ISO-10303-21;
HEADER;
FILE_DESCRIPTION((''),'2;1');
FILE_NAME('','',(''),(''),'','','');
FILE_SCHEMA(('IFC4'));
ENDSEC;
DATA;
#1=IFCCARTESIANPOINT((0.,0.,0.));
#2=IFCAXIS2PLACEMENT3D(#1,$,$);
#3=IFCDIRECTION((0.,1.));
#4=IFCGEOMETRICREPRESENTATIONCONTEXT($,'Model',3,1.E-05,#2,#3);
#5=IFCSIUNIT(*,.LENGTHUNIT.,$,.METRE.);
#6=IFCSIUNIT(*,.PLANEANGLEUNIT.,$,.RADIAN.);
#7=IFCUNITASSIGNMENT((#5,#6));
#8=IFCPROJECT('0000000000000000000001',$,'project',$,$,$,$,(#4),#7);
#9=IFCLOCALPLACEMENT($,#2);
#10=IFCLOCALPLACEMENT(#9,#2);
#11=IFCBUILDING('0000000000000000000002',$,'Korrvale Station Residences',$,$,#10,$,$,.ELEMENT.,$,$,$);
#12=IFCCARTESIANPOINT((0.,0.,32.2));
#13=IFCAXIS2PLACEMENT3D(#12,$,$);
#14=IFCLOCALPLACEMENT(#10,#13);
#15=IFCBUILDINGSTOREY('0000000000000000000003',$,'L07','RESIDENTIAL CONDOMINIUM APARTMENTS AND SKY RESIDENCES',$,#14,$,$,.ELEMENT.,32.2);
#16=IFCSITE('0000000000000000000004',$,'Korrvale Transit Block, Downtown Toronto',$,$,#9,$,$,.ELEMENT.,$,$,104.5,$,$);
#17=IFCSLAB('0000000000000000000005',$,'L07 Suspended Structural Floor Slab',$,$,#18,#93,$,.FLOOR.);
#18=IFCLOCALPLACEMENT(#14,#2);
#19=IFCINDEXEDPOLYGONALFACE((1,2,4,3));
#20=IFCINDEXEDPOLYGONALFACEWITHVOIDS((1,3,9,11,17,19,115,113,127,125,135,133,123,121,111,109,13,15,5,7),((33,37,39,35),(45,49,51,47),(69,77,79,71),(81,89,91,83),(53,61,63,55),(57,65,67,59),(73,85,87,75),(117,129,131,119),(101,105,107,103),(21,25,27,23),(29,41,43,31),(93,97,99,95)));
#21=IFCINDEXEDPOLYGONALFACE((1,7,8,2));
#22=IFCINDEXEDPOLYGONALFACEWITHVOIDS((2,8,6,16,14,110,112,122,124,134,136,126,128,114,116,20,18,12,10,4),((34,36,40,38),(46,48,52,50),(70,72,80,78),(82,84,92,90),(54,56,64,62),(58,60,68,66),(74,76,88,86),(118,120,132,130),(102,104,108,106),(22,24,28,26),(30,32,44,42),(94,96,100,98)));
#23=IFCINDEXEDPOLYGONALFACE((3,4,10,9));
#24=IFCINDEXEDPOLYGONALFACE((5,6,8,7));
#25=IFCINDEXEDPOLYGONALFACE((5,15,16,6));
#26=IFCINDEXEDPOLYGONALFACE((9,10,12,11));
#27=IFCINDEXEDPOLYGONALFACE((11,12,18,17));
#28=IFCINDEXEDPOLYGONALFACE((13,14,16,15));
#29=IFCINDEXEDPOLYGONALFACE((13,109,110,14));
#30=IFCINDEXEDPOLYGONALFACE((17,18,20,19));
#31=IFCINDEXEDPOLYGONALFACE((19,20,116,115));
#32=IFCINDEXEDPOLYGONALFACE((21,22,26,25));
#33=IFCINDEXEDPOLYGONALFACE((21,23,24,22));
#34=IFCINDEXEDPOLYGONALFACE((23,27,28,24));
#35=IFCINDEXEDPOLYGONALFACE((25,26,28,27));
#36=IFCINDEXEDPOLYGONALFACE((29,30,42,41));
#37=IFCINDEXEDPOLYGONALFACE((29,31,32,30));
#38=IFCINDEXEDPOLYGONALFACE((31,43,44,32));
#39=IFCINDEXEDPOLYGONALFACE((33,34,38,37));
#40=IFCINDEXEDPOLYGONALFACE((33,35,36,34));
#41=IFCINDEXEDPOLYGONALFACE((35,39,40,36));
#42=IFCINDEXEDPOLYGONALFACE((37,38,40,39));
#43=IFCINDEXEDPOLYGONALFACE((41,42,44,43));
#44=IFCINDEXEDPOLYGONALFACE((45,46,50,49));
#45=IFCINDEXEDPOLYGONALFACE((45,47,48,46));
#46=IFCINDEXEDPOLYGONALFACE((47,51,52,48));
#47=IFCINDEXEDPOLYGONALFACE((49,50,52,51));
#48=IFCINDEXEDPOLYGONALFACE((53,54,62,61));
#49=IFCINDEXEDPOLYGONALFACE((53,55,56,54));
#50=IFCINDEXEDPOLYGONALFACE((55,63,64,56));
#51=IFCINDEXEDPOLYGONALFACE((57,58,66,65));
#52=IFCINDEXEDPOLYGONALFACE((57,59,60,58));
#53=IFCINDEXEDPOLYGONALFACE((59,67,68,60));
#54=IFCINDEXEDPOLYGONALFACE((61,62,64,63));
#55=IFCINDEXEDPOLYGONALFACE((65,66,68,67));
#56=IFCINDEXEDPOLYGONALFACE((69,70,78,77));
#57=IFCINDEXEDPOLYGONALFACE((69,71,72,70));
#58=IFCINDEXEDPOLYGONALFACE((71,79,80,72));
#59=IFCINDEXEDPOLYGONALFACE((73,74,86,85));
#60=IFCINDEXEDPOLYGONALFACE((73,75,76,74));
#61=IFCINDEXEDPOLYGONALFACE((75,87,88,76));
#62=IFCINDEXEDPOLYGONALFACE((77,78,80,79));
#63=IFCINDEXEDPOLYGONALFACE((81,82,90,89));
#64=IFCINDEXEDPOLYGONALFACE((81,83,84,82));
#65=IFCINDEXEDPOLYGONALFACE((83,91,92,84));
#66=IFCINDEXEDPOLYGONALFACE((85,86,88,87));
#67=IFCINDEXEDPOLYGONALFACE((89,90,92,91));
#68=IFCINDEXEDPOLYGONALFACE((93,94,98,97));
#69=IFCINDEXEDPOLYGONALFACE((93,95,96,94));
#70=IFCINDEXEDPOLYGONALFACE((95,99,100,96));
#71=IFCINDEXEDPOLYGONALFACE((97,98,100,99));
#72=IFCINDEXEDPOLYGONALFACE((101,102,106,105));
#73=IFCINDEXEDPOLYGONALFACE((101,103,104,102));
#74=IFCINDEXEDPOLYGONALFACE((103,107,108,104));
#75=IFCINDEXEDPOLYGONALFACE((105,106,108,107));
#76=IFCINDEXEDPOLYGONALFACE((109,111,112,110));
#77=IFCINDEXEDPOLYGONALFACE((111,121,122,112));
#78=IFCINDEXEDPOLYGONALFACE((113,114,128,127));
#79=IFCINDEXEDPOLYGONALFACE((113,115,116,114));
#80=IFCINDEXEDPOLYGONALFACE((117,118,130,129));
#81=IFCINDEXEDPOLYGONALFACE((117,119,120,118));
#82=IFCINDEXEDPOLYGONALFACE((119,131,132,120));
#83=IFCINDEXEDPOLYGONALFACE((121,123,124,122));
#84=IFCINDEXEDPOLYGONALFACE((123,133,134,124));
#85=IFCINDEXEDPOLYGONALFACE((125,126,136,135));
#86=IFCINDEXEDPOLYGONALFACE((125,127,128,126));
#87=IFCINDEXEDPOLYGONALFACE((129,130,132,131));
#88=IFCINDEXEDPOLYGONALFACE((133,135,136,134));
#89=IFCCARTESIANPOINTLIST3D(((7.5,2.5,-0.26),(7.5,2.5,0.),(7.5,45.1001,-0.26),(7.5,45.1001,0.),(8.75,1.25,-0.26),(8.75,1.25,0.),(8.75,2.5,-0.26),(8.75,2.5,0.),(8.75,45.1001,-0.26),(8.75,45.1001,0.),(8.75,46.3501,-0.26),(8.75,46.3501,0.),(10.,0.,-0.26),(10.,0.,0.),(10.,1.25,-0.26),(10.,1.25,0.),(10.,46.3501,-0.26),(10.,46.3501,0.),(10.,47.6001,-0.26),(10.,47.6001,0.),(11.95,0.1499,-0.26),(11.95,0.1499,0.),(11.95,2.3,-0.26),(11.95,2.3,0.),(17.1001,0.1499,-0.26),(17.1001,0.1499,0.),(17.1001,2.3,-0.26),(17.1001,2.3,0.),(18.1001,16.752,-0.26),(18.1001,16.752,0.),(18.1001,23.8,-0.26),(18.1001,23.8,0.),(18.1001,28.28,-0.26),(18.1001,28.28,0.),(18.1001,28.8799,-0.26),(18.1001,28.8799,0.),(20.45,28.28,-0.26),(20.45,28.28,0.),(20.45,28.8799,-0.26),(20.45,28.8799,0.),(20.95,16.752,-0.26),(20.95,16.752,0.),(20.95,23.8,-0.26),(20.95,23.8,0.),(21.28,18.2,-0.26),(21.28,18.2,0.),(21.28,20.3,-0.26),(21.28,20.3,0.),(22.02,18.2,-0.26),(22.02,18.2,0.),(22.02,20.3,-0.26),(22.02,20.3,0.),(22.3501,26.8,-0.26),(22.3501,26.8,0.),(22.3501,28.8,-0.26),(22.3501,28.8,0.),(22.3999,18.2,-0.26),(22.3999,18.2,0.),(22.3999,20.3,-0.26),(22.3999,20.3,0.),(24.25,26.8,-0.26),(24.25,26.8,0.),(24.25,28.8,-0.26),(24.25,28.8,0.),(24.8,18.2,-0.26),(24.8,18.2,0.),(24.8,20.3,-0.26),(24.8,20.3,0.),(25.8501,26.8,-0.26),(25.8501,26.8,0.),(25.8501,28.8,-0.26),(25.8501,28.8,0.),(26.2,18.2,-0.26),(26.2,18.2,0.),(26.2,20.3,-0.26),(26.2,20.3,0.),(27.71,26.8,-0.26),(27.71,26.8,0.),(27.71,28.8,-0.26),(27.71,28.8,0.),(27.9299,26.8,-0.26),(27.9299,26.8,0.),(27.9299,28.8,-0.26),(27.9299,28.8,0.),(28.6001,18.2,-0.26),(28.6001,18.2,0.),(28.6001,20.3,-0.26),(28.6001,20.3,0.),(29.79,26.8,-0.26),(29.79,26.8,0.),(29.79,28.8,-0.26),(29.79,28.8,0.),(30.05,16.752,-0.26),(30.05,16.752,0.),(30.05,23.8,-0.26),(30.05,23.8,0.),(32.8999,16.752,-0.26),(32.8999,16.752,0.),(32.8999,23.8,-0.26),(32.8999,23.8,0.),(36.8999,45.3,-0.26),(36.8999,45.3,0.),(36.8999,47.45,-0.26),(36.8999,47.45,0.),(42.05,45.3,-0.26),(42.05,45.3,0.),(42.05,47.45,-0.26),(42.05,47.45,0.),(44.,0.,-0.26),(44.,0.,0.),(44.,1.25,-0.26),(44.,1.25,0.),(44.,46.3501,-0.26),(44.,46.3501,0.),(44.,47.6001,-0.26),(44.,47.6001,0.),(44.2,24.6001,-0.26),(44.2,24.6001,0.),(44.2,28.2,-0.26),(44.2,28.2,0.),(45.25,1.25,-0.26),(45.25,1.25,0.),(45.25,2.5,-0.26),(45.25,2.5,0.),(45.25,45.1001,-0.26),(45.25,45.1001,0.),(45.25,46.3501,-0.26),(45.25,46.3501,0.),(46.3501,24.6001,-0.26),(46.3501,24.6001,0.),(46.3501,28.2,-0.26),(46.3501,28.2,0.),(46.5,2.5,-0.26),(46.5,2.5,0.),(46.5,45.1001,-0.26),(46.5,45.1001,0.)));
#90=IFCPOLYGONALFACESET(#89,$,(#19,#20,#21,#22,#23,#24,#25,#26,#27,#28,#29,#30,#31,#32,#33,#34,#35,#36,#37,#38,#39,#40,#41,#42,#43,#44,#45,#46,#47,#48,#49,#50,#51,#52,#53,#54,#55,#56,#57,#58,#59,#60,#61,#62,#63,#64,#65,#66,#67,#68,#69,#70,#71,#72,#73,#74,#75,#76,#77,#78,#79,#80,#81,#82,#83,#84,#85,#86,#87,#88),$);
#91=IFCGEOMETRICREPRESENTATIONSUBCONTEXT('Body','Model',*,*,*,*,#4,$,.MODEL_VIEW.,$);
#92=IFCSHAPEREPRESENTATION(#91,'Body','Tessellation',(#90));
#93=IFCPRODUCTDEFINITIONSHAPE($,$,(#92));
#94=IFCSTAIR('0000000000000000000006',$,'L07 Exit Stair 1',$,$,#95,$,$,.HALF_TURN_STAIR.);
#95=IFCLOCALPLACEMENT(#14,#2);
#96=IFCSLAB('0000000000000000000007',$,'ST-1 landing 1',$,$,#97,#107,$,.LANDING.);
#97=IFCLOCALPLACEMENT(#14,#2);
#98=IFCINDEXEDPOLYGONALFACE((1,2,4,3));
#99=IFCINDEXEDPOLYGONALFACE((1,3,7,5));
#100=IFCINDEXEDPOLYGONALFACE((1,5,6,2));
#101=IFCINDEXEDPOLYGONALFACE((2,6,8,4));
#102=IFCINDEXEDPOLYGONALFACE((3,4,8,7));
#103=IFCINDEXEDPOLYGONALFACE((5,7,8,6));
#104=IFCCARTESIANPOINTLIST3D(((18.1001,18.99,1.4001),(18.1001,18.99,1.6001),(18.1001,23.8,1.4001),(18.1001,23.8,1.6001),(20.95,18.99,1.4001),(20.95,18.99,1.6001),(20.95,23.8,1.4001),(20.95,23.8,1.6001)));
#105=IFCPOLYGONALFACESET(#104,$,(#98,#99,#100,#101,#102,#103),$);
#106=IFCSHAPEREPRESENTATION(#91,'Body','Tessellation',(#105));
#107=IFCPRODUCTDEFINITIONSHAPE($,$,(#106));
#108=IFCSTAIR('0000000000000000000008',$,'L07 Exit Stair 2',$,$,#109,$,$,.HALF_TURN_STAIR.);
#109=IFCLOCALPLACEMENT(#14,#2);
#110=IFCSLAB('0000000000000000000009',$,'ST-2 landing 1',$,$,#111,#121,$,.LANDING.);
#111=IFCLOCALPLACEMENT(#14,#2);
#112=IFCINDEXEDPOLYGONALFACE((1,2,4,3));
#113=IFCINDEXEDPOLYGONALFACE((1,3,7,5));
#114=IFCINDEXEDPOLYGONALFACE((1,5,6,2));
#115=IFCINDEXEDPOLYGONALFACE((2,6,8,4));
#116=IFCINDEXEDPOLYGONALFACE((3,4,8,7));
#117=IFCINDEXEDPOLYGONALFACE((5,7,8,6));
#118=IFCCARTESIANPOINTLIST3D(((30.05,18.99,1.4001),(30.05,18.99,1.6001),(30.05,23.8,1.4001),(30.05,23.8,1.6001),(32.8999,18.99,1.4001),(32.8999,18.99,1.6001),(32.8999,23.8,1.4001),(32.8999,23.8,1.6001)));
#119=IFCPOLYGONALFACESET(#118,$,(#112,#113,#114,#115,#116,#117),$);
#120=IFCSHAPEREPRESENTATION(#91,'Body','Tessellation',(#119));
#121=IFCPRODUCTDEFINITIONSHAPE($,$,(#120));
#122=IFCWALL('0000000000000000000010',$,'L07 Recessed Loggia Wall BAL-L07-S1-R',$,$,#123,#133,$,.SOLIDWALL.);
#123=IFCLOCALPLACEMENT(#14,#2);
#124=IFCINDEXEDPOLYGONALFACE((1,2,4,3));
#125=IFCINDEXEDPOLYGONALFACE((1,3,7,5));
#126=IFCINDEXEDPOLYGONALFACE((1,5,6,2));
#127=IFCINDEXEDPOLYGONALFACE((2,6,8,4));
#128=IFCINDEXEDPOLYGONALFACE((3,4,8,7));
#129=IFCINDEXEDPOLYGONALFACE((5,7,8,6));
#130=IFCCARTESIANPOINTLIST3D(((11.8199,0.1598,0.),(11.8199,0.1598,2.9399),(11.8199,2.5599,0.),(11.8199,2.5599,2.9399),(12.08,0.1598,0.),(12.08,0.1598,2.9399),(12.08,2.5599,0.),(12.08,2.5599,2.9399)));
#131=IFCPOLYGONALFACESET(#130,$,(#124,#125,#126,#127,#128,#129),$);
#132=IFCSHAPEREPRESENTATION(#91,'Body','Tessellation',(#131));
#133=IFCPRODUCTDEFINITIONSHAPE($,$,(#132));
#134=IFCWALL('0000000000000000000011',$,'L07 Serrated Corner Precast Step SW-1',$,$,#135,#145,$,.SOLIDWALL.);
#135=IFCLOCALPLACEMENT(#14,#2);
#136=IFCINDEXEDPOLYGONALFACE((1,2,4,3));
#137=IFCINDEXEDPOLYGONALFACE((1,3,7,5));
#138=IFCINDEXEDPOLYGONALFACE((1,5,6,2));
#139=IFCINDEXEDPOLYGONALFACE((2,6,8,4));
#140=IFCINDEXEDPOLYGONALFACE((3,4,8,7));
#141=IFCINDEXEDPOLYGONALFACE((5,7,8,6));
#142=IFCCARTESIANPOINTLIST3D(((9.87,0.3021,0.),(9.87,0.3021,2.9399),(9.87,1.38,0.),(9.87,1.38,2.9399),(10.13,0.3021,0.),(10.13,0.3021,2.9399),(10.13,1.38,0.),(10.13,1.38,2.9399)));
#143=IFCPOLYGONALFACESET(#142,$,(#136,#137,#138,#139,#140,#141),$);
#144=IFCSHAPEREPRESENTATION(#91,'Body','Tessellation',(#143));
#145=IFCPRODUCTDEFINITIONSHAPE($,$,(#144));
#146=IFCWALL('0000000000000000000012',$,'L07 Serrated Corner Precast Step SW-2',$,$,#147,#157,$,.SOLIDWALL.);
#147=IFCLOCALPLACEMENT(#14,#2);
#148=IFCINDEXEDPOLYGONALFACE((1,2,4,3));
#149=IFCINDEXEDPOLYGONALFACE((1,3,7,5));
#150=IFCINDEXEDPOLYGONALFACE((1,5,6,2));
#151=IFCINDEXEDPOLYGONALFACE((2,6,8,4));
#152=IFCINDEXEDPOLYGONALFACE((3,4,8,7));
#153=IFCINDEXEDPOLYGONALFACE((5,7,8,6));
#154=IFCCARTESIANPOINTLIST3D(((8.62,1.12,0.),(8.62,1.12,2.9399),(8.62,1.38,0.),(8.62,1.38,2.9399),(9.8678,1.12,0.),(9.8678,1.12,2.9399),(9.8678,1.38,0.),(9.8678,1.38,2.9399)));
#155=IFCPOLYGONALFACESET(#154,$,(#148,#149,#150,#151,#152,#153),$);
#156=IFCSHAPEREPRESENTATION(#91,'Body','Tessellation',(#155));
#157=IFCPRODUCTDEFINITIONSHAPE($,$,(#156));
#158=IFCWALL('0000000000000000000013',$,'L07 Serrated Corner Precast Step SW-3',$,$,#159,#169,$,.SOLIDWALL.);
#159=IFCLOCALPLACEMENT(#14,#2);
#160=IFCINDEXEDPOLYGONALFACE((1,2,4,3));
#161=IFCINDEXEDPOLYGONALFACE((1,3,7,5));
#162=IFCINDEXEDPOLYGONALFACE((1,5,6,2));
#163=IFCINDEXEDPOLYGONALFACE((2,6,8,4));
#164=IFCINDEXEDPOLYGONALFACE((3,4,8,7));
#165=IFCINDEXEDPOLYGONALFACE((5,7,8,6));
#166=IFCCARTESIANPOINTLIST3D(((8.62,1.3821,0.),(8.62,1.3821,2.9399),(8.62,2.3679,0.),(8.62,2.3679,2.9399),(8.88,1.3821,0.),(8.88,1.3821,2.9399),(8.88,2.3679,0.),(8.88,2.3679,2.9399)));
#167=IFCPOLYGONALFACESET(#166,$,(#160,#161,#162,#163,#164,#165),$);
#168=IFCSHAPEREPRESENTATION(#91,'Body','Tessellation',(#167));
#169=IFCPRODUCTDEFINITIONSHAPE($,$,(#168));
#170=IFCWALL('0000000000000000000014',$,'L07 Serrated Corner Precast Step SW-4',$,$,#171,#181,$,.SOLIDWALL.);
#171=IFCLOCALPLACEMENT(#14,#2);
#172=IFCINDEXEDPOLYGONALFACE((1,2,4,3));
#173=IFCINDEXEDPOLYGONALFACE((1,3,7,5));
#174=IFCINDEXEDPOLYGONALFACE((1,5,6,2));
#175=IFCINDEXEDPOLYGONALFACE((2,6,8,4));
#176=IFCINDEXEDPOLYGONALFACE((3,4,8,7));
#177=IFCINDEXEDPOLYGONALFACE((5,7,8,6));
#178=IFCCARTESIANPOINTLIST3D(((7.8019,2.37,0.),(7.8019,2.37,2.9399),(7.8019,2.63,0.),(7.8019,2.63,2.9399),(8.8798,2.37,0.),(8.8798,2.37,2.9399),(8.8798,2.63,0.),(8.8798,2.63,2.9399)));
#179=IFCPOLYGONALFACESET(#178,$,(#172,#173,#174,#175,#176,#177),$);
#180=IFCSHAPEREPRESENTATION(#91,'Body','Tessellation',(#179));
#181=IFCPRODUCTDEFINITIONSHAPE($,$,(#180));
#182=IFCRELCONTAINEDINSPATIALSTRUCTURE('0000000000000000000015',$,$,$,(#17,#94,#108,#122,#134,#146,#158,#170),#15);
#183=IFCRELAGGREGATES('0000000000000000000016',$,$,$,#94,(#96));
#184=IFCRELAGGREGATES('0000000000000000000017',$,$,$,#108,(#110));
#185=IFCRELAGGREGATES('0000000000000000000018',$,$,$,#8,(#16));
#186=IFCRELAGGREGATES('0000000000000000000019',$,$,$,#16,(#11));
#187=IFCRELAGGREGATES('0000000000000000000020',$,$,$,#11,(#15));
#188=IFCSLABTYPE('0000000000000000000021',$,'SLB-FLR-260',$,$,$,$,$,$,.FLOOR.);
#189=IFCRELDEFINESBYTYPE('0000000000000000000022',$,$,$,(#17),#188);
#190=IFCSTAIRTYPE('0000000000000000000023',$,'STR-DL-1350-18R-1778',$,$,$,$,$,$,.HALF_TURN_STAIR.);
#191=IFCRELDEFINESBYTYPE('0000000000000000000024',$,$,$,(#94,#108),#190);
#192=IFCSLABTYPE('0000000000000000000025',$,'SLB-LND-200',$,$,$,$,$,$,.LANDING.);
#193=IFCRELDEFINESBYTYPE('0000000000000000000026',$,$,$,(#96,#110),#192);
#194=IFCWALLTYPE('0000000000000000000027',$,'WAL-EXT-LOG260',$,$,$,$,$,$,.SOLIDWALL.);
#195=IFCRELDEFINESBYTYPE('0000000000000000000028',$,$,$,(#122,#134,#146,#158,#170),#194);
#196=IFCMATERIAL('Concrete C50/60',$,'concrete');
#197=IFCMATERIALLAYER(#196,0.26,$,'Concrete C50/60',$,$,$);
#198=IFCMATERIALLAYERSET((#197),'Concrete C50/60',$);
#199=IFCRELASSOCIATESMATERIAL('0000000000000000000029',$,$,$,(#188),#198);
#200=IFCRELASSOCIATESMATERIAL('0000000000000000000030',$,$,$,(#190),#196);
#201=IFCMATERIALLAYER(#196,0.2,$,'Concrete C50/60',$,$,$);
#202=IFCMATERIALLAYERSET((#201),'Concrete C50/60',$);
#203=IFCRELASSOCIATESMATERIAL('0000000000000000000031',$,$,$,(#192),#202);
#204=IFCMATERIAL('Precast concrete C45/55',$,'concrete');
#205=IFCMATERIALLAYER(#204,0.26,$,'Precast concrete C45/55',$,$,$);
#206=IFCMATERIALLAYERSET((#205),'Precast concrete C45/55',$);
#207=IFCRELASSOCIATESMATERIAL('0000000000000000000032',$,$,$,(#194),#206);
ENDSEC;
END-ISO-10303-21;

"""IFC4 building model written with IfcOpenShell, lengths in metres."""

from ifc_helpers import new_model, si_unit, direction, frame, frame_2d, origin, place, context, subcontext, project, spatial, polyline, rectangle, outline, extrude, material, layer, layer_set, type_object, element, aggregate, save


model = new_model("IFC4")

# Units and contexts
model_context = context("Model", 3, precision=1e-05, world=origin(), true_north=direction((0.0, 1.0)))
body_context = subcontext(model_context, "Body", "Model", "MODEL_VIEW")
ifc_project = project(units=[si_unit("LENGTHUNIT", "METRE"), si_unit("PLANEANGLEUNIT", "RADIAN")], contexts=[model_context])

# Site, building, storey
site_placement = place(None, origin())
site = spatial("IfcSite", under=ifc_project, at=site_placement, Name="Korrvale Transit Block, Downtown Toronto", CompositionType="ELEMENT", RefElevation=104.5)
building_placement = place(site_placement, origin())
building = spatial("IfcBuilding", under=site, at=building_placement, Name="Korrvale Station Residences", CompositionType="ELEMENT")
storey_placement = place(building_placement, frame((0.0, 0.0, 32.2)))
storey = spatial("IfcBuildingStorey", under=building, at=storey_placement, Name="L07", Description="RESIDENTIAL CONDOMINIUM APARTMENTS AND SKY RESIDENCES", CompositionType="ELEMENT", Elevation=32.2)

# Slab
ifc_material_1 = material(Name="Concrete C50/60", Category="concrete")
ifc_layer_1 = layer(ifc_material_1, 0.26, Name="Concrete C50/60")
ifc_layer_set_1 = layer_set([ifc_layer_1], Name="Concrete C50/60")
slab_type_1 = type_object("IfcSlabType", Name="SLB-FLR-260", PredefinedType="FLOOR", material=ifc_layer_set_1)
slab_1_placement = place(storey_placement, frame((0.0, 0.0, -0.26)))
element("IfcSlab", 1, at=slab_1_placement, inside=storey, type_object=slab_type_1, Name="L07 Suspended Structural Floor Slab", PredefinedType="FLOOR", context=body_context, shape_type="SweptSolid", body=[
    extrude(outline(polyline([(10.0, 0.0), (44.0, 0.0), (44.0, 1.25), (45.25, 1.25), (45.25, 2.5), (46.5, 2.5), (46.5, 45.1001), (45.25, 45.1001), (45.25, 46.3501), (44.0, 46.3501), (44.0, 47.6001), (10.0, 47.6001), (10.0, 46.3501), (8.75, 46.3501), (8.75, 45.1001), (7.5, 45.1001), (7.5, 2.5), (8.75, 2.5), (8.75, 1.25), (10.0, 1.25), (10.0, 0.0)]), holes=[polyline([(20.95, 16.752), (20.95, 23.8), (18.1001, 23.8), (18.1001, 16.752), (20.95, 16.752)]), polyline([(32.8999, 16.752), (32.8999, 23.8), (30.05, 23.8), (30.05, 16.752), (32.8999, 16.752)]), polyline([(22.3501, 26.8), (24.25, 26.8), (24.25, 28.8), (22.3501, 28.8), (22.3501, 26.8)]), polyline([(25.8501, 26.8), (27.71, 26.8), (27.71, 28.8), (25.8501, 28.8), (25.8501, 26.8)]), polyline([(27.9299, 26.8), (29.79, 26.8), (29.79, 28.8), (27.9299, 28.8), (27.9299, 26.8)]), polyline([(22.3999, 18.2), (24.8, 18.2), (24.8, 20.3), (22.3999, 20.3), (22.3999, 18.2)]), polyline([(26.2, 18.2), (28.6001, 18.2), (28.6001, 20.3), (26.2, 20.3), (26.2, 18.2)]), polyline([(18.1001, 28.28), (20.45, 28.28), (20.45, 28.8799), (18.1001, 28.8799), (18.1001, 28.28)]), polyline([(21.28, 18.2), (22.02, 18.2), (22.02, 20.3), (21.28, 20.3), (21.28, 18.2)]), polyline([(11.95, 0.1499), (17.1001, 0.1499), (17.1001, 2.3), (11.95, 2.3), (11.95, 0.1499)]), polyline([(36.8999, 45.3), (42.05, 45.3), (42.05, 47.45), (36.8999, 47.45), (36.8999, 45.3)]), polyline([(44.2, 24.6001), (46.3501, 24.6001), (46.3501, 28.2), (44.2, 28.2), (44.2, 24.6001)])]), origin(), (0.0, 0.0, 1.0), 0.26),
])

# Stairs, slabs
stair_type = type_object("IfcStairType", Name="STR-DL-1350-18R-1778", PredefinedType="HALF_TURN_STAIR", material=ifc_material_1)
stair_1_placement = place(storey_placement, origin())
stair_1 = element("IfcStair", 2, at=stair_1_placement, inside=storey, type_object=stair_type, Name="L07 Exit Stair 1", PredefinedType="HALF_TURN_STAIR")
ifc_layer_2 = layer(ifc_material_1, 0.2, Name="Concrete C50/60")
ifc_layer_set_2 = layer_set([ifc_layer_2], Name="Concrete C50/60")
slab_type_2 = type_object("IfcSlabType", Name="SLB-LND-200", PredefinedType="LANDING", material=ifc_layer_set_2)
slab_2_placement = place(storey_placement, frame((0.0, 0.0, 1.4001)))
slab_2 = element("IfcSlab", 3, at=slab_2_placement, type_object=slab_type_2, Name="ST-1 landing 1", PredefinedType="LANDING", context=body_context, shape_type="SweptSolid", body=[
    extrude(outline(polyline([(20.95, 18.99), (20.95, 23.8), (18.1001, 23.8), (18.1001, 18.99), (20.95, 18.99)])), origin(), (0.0, 0.0, 1.0), 0.2),
])
aggregate(stair_1, [slab_2])
stair_2_placement = place(storey_placement, origin())
stair_2 = element("IfcStair", 4, at=stair_2_placement, inside=storey, type_object=stair_type, Name="L07 Exit Stair 2", PredefinedType="HALF_TURN_STAIR")
slab_3_placement = place(storey_placement, frame((0.0, 0.0, 1.4001)))
slab_3 = element("IfcSlab", 5, at=slab_3_placement, type_object=slab_type_2, Name="ST-2 landing 1", PredefinedType="LANDING", context=body_context, shape_type="SweptSolid", body=[
    extrude(outline(polyline([(32.8999, 18.99), (32.8999, 23.8), (30.05, 23.8), (30.05, 18.99), (32.8999, 18.99)])), origin(), (0.0, 0.0, 1.0), 0.2),
])
aggregate(stair_2, [slab_3])

# Walls
ifc_material_2 = material(Name="Precast concrete C45/55", Category="concrete")
ifc_layer_3 = layer(ifc_material_2, 0.26, Name="Precast concrete C45/55")
ifc_layer_set_3 = layer_set([ifc_layer_3], Name="Precast concrete C45/55")
wall_type_1 = type_object("IfcWallType", Name="WAL-EXT-LOG260", PredefinedType="SOLIDWALL", material=ifc_layer_set_3)
wall_1_placement = place(storey_placement, frame((11.95, 2.5601, 0.0), z_axis=(0.0, 0.0, 1.0), x_axis=(0.0, -1.0, 0.0)))
element("IfcWall", 6, at=wall_1_placement, inside=storey, type_object=wall_type_1, Name="L07 Recessed Loggia Wall BAL-L07-S1-R", PredefinedType="SOLIDWALL", context=body_context, shape_type="SweptSolid", body=[
    extrude(rectangle(XDim=2.4001, YDim=0.26, at=frame_2d((1.2002, 0.0))), origin(), (0.0, 0.0, 1.0), 2.9399),
])
wall_2_placement = place(storey_placement, frame((10.0, 0.302, 0.0), z_axis=(0.0, 0.0, 1.0), x_axis=(0.0, 1.0, 0.0)))
element("IfcWall", 7, at=wall_2_placement, inside=storey, type_object=wall_type_1, Name="L07 Serrated Corner Precast Step SW-1", PredefinedType="SOLIDWALL", context=body_context, shape_type="SweptSolid", body=[
    extrude(rectangle(XDim=1.0779, YDim=0.26, at=frame_2d((0.5391, 0.0))), origin(), (0.0, 0.0, 1.0), 2.9399),
])
wall_3_placement = place(storey_placement, frame((9.8679, 1.25, 0.0), z_axis=(0.0, 0.0, 1.0), x_axis=(-1.0, 0.0, 0.0)))
element("IfcWall", 8, at=wall_3_placement, inside=storey, type_object=wall_type_1, Name="L07 Serrated Corner Precast Step SW-2", PredefinedType="SOLIDWALL", context=body_context, shape_type="SweptSolid", body=[
    extrude(rectangle(XDim=1.2478, YDim=0.26, at=frame_2d((0.624, 0.0))), origin(), (0.0, 0.0, 1.0), 2.9399),
])
wall_4_placement = place(storey_placement, frame((8.75, 1.3821, 0.0), z_axis=(0.0, 0.0, 1.0), x_axis=(0.0, 1.0, 0.0)))
element("IfcWall", 9, at=wall_4_placement, inside=storey, type_object=wall_type_1, Name="L07 Serrated Corner Precast Step SW-3", PredefinedType="SOLIDWALL", context=body_context, shape_type="SweptSolid", body=[
    extrude(rectangle(XDim=0.9858, YDim=0.26, at=frame_2d((0.4929, 0.0))), origin(), (0.0, 0.0, 1.0), 2.9399),
])
wall_5_placement = place(storey_placement, frame((8.8799, 2.5, 0.0), z_axis=(0.0, 0.0, 1.0), x_axis=(-1.0, 0.0, 0.0)))
element("IfcWall", 10, at=wall_5_placement, inside=storey, type_object=wall_type_1, Name="L07 Serrated Corner Precast Step SW-4", PredefinedType="SOLIDWALL", context=body_context, shape_type="SweptSolid", body=[
    extrude(rectangle(XDim=1.0779, YDim=0.26, at=frame_2d((0.5391, 0.0))), origin(), (0.0, 0.0, 1.0), 2.9399),
])

save(model, "model.ifc")
